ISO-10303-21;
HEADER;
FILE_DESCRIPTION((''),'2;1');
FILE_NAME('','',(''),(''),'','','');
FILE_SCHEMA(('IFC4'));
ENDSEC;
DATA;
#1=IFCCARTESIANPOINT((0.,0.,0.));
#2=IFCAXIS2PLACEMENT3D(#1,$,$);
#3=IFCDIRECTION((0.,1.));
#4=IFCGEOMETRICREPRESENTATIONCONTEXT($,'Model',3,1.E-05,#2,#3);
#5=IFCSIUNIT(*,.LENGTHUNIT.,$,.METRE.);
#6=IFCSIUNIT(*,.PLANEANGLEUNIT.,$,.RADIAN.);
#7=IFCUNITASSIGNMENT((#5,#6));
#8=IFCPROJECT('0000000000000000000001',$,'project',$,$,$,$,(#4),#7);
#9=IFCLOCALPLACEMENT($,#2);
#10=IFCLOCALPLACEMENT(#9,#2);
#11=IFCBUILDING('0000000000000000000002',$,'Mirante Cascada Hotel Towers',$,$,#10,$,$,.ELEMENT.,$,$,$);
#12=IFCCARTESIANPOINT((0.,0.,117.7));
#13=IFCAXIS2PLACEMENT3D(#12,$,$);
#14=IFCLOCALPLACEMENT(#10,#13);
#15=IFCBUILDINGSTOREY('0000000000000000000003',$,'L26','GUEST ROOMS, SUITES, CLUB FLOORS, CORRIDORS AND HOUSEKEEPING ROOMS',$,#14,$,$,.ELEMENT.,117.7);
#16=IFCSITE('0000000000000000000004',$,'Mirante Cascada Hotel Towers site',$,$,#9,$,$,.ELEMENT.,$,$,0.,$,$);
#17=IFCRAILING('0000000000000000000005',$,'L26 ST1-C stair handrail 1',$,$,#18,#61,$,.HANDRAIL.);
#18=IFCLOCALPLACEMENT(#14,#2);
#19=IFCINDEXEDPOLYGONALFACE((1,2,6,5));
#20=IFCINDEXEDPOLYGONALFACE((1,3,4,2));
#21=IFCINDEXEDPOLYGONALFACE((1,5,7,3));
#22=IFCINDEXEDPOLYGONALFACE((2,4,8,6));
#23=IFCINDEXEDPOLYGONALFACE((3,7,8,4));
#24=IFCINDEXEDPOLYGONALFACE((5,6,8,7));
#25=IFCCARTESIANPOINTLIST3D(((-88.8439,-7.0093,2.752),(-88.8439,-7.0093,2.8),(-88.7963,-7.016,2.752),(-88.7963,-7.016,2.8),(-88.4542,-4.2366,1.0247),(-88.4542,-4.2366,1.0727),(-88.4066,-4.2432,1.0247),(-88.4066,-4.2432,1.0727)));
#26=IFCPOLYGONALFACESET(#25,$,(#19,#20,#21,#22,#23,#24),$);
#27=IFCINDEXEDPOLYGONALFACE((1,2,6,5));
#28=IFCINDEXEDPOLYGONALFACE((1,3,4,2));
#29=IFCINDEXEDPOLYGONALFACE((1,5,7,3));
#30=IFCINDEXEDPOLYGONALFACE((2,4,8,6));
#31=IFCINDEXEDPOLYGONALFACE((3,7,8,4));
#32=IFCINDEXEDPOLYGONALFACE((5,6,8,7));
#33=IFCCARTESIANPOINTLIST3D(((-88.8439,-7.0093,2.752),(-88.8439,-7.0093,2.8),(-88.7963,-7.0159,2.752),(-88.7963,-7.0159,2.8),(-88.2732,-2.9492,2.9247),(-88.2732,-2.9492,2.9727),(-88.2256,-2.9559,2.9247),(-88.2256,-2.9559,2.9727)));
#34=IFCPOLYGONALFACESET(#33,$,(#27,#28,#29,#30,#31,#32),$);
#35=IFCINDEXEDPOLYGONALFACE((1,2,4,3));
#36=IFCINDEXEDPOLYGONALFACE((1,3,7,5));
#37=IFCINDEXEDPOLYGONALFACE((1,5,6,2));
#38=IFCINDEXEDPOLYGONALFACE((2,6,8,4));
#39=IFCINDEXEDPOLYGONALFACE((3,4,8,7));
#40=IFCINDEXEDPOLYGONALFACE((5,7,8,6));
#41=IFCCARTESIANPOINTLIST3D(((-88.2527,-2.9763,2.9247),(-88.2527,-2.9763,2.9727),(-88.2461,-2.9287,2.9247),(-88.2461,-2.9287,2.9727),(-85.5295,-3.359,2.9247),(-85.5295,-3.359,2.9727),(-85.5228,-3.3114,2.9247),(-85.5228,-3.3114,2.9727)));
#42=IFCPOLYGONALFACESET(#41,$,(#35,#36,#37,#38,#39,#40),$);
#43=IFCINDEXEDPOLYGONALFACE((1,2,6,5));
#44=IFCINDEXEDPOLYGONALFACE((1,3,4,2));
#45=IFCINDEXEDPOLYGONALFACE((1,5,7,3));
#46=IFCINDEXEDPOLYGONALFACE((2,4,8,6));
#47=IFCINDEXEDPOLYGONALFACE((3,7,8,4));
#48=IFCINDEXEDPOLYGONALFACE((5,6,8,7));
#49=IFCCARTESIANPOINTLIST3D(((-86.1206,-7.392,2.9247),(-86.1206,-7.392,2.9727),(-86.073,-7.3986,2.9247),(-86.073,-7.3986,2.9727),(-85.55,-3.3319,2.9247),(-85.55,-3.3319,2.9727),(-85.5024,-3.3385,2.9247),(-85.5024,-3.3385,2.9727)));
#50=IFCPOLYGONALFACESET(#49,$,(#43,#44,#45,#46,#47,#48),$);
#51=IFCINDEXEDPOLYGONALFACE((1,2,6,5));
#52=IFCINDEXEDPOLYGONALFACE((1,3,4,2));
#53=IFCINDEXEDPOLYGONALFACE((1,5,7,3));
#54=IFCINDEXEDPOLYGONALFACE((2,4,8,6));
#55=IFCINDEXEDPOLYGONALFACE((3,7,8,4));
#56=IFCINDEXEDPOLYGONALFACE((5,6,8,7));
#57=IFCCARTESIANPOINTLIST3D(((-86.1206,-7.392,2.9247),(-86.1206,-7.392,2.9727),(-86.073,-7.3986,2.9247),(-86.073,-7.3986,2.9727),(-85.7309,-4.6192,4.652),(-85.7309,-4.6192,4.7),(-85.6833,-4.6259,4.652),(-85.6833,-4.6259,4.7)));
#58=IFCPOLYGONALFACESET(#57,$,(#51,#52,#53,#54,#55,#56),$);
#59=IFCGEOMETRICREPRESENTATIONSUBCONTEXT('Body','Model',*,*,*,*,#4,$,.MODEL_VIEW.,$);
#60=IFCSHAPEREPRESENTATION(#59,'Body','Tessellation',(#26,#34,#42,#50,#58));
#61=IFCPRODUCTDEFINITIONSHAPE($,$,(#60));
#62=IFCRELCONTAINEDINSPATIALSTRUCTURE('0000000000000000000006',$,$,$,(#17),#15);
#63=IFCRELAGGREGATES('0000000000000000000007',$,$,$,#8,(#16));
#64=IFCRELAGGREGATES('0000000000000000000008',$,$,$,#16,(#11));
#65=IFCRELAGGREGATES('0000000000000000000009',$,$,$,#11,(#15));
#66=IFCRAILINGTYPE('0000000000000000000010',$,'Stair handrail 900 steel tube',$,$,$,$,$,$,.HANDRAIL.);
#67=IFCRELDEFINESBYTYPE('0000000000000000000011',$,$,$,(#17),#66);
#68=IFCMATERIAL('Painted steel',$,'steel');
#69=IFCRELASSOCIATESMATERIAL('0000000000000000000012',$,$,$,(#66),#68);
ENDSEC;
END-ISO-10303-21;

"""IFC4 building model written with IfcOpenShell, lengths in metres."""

from ifc_helpers import new_model, si_unit, direction, frame, origin, origin_2d, place, context, subcontext, project, spatial, rectangle, extrude, material, type_object, element, save


model = new_model("IFC4")

# Units and contexts
model_context = context("Model", 3, precision=1e-05, world=origin(), true_north=direction((0.0, 1.0)))
body_context = subcontext(model_context, "Body", "Model", "MODEL_VIEW")
ifc_project = project(units=[si_unit("LENGTHUNIT", "METRE"), si_unit("PLANEANGLEUNIT", "RADIAN")], contexts=[model_context])

# Site, building, storey
site_placement = place(None, origin())
site = spatial("IfcSite", under=ifc_project, at=site_placement, Name="Mirante Cascada Hotel Towers site", CompositionType="ELEMENT", RefElevation=0.0)
building_placement = place(site_placement, origin())
building = spatial("IfcBuilding", under=site, at=building_placement, Name="Mirante Cascada Hotel Towers", CompositionType="ELEMENT")
storey_placement = place(building_placement, frame((0.0, 0.0, 117.7)))
storey = spatial("IfcBuildingStorey", under=building, at=storey_placement, Name="L26", Description="GUEST ROOMS, SUITES, CLUB FLOORS, CORRIDORS AND HOUSEKEEPING ROOMS", CompositionType="ELEMENT", Elevation=117.7)

# Railing
ifc_material_1 = material(Name="Painted steel", Category="steel")
railing_type_1 = type_object("IfcRailingType", Name="Stair handrail 900 steel tube", PredefinedType="HANDRAIL", material=ifc_material_1)
railing_1_placement = place(storey_placement, frame((-88.4304, -4.2399, 0.1727)))
element("IfcRailing", 1, at=railing_1_placement, inside=storey, type_object=railing_type_1, Name="L26 ST1-C stair handrail 1", PredefinedType="HANDRAIL", context=body_context, shape_type="SweptSolid", body=[
    extrude(rectangle(XDim=0.048, YDim=0.048, at=origin_2d()), frame((0.0, 0.0, 0.876), z_axis=(-0.139181, -0.990267, 0.0), x_axis=(0.990267, -0.139181, 0.0)), (0.0, 0.525035, 0.851081), 3.2899),
    extrude(rectangle(XDim=0.048, YDim=0.048, at=origin_2d()), frame((-0.3897, -2.7727, 2.6033), z_axis=(0.139195, 0.990265, 0.0), x_axis=(-0.990265, 0.139195, 0.0)), (0.0, 0.042084, 0.999114), 4.1036),
    extrude(rectangle(XDim=0.048, YDim=0.048, at=origin_2d()), frame((0.181, 1.2874, 2.776), z_axis=(0.990269, -0.139166, 0.0), x_axis=(0.139166, 0.990269, 0.0)), (0.0, 0.0, 1.0), 2.75),
    extrude(rectangle(XDim=0.048, YDim=0.048, at=origin_2d()), frame((2.9042, 0.9047, 2.776), z_axis=(-0.139171, -0.990268, 0.0), x_axis=(0.990268, -0.139171, 0.0)), (0.0, 0.0, 1.0), 4.1),
    extrude(rectangle(XDim=0.048, YDim=0.048, at=origin_2d()), frame((2.3336, -3.1554, 2.776), z_axis=(0.139181, 0.990267, 0.0), x_axis=(-0.990267, 0.139181, 0.0)), (0.0, 0.525035, 0.851081), 3.2899),
])

save(model, "model.ifc")
